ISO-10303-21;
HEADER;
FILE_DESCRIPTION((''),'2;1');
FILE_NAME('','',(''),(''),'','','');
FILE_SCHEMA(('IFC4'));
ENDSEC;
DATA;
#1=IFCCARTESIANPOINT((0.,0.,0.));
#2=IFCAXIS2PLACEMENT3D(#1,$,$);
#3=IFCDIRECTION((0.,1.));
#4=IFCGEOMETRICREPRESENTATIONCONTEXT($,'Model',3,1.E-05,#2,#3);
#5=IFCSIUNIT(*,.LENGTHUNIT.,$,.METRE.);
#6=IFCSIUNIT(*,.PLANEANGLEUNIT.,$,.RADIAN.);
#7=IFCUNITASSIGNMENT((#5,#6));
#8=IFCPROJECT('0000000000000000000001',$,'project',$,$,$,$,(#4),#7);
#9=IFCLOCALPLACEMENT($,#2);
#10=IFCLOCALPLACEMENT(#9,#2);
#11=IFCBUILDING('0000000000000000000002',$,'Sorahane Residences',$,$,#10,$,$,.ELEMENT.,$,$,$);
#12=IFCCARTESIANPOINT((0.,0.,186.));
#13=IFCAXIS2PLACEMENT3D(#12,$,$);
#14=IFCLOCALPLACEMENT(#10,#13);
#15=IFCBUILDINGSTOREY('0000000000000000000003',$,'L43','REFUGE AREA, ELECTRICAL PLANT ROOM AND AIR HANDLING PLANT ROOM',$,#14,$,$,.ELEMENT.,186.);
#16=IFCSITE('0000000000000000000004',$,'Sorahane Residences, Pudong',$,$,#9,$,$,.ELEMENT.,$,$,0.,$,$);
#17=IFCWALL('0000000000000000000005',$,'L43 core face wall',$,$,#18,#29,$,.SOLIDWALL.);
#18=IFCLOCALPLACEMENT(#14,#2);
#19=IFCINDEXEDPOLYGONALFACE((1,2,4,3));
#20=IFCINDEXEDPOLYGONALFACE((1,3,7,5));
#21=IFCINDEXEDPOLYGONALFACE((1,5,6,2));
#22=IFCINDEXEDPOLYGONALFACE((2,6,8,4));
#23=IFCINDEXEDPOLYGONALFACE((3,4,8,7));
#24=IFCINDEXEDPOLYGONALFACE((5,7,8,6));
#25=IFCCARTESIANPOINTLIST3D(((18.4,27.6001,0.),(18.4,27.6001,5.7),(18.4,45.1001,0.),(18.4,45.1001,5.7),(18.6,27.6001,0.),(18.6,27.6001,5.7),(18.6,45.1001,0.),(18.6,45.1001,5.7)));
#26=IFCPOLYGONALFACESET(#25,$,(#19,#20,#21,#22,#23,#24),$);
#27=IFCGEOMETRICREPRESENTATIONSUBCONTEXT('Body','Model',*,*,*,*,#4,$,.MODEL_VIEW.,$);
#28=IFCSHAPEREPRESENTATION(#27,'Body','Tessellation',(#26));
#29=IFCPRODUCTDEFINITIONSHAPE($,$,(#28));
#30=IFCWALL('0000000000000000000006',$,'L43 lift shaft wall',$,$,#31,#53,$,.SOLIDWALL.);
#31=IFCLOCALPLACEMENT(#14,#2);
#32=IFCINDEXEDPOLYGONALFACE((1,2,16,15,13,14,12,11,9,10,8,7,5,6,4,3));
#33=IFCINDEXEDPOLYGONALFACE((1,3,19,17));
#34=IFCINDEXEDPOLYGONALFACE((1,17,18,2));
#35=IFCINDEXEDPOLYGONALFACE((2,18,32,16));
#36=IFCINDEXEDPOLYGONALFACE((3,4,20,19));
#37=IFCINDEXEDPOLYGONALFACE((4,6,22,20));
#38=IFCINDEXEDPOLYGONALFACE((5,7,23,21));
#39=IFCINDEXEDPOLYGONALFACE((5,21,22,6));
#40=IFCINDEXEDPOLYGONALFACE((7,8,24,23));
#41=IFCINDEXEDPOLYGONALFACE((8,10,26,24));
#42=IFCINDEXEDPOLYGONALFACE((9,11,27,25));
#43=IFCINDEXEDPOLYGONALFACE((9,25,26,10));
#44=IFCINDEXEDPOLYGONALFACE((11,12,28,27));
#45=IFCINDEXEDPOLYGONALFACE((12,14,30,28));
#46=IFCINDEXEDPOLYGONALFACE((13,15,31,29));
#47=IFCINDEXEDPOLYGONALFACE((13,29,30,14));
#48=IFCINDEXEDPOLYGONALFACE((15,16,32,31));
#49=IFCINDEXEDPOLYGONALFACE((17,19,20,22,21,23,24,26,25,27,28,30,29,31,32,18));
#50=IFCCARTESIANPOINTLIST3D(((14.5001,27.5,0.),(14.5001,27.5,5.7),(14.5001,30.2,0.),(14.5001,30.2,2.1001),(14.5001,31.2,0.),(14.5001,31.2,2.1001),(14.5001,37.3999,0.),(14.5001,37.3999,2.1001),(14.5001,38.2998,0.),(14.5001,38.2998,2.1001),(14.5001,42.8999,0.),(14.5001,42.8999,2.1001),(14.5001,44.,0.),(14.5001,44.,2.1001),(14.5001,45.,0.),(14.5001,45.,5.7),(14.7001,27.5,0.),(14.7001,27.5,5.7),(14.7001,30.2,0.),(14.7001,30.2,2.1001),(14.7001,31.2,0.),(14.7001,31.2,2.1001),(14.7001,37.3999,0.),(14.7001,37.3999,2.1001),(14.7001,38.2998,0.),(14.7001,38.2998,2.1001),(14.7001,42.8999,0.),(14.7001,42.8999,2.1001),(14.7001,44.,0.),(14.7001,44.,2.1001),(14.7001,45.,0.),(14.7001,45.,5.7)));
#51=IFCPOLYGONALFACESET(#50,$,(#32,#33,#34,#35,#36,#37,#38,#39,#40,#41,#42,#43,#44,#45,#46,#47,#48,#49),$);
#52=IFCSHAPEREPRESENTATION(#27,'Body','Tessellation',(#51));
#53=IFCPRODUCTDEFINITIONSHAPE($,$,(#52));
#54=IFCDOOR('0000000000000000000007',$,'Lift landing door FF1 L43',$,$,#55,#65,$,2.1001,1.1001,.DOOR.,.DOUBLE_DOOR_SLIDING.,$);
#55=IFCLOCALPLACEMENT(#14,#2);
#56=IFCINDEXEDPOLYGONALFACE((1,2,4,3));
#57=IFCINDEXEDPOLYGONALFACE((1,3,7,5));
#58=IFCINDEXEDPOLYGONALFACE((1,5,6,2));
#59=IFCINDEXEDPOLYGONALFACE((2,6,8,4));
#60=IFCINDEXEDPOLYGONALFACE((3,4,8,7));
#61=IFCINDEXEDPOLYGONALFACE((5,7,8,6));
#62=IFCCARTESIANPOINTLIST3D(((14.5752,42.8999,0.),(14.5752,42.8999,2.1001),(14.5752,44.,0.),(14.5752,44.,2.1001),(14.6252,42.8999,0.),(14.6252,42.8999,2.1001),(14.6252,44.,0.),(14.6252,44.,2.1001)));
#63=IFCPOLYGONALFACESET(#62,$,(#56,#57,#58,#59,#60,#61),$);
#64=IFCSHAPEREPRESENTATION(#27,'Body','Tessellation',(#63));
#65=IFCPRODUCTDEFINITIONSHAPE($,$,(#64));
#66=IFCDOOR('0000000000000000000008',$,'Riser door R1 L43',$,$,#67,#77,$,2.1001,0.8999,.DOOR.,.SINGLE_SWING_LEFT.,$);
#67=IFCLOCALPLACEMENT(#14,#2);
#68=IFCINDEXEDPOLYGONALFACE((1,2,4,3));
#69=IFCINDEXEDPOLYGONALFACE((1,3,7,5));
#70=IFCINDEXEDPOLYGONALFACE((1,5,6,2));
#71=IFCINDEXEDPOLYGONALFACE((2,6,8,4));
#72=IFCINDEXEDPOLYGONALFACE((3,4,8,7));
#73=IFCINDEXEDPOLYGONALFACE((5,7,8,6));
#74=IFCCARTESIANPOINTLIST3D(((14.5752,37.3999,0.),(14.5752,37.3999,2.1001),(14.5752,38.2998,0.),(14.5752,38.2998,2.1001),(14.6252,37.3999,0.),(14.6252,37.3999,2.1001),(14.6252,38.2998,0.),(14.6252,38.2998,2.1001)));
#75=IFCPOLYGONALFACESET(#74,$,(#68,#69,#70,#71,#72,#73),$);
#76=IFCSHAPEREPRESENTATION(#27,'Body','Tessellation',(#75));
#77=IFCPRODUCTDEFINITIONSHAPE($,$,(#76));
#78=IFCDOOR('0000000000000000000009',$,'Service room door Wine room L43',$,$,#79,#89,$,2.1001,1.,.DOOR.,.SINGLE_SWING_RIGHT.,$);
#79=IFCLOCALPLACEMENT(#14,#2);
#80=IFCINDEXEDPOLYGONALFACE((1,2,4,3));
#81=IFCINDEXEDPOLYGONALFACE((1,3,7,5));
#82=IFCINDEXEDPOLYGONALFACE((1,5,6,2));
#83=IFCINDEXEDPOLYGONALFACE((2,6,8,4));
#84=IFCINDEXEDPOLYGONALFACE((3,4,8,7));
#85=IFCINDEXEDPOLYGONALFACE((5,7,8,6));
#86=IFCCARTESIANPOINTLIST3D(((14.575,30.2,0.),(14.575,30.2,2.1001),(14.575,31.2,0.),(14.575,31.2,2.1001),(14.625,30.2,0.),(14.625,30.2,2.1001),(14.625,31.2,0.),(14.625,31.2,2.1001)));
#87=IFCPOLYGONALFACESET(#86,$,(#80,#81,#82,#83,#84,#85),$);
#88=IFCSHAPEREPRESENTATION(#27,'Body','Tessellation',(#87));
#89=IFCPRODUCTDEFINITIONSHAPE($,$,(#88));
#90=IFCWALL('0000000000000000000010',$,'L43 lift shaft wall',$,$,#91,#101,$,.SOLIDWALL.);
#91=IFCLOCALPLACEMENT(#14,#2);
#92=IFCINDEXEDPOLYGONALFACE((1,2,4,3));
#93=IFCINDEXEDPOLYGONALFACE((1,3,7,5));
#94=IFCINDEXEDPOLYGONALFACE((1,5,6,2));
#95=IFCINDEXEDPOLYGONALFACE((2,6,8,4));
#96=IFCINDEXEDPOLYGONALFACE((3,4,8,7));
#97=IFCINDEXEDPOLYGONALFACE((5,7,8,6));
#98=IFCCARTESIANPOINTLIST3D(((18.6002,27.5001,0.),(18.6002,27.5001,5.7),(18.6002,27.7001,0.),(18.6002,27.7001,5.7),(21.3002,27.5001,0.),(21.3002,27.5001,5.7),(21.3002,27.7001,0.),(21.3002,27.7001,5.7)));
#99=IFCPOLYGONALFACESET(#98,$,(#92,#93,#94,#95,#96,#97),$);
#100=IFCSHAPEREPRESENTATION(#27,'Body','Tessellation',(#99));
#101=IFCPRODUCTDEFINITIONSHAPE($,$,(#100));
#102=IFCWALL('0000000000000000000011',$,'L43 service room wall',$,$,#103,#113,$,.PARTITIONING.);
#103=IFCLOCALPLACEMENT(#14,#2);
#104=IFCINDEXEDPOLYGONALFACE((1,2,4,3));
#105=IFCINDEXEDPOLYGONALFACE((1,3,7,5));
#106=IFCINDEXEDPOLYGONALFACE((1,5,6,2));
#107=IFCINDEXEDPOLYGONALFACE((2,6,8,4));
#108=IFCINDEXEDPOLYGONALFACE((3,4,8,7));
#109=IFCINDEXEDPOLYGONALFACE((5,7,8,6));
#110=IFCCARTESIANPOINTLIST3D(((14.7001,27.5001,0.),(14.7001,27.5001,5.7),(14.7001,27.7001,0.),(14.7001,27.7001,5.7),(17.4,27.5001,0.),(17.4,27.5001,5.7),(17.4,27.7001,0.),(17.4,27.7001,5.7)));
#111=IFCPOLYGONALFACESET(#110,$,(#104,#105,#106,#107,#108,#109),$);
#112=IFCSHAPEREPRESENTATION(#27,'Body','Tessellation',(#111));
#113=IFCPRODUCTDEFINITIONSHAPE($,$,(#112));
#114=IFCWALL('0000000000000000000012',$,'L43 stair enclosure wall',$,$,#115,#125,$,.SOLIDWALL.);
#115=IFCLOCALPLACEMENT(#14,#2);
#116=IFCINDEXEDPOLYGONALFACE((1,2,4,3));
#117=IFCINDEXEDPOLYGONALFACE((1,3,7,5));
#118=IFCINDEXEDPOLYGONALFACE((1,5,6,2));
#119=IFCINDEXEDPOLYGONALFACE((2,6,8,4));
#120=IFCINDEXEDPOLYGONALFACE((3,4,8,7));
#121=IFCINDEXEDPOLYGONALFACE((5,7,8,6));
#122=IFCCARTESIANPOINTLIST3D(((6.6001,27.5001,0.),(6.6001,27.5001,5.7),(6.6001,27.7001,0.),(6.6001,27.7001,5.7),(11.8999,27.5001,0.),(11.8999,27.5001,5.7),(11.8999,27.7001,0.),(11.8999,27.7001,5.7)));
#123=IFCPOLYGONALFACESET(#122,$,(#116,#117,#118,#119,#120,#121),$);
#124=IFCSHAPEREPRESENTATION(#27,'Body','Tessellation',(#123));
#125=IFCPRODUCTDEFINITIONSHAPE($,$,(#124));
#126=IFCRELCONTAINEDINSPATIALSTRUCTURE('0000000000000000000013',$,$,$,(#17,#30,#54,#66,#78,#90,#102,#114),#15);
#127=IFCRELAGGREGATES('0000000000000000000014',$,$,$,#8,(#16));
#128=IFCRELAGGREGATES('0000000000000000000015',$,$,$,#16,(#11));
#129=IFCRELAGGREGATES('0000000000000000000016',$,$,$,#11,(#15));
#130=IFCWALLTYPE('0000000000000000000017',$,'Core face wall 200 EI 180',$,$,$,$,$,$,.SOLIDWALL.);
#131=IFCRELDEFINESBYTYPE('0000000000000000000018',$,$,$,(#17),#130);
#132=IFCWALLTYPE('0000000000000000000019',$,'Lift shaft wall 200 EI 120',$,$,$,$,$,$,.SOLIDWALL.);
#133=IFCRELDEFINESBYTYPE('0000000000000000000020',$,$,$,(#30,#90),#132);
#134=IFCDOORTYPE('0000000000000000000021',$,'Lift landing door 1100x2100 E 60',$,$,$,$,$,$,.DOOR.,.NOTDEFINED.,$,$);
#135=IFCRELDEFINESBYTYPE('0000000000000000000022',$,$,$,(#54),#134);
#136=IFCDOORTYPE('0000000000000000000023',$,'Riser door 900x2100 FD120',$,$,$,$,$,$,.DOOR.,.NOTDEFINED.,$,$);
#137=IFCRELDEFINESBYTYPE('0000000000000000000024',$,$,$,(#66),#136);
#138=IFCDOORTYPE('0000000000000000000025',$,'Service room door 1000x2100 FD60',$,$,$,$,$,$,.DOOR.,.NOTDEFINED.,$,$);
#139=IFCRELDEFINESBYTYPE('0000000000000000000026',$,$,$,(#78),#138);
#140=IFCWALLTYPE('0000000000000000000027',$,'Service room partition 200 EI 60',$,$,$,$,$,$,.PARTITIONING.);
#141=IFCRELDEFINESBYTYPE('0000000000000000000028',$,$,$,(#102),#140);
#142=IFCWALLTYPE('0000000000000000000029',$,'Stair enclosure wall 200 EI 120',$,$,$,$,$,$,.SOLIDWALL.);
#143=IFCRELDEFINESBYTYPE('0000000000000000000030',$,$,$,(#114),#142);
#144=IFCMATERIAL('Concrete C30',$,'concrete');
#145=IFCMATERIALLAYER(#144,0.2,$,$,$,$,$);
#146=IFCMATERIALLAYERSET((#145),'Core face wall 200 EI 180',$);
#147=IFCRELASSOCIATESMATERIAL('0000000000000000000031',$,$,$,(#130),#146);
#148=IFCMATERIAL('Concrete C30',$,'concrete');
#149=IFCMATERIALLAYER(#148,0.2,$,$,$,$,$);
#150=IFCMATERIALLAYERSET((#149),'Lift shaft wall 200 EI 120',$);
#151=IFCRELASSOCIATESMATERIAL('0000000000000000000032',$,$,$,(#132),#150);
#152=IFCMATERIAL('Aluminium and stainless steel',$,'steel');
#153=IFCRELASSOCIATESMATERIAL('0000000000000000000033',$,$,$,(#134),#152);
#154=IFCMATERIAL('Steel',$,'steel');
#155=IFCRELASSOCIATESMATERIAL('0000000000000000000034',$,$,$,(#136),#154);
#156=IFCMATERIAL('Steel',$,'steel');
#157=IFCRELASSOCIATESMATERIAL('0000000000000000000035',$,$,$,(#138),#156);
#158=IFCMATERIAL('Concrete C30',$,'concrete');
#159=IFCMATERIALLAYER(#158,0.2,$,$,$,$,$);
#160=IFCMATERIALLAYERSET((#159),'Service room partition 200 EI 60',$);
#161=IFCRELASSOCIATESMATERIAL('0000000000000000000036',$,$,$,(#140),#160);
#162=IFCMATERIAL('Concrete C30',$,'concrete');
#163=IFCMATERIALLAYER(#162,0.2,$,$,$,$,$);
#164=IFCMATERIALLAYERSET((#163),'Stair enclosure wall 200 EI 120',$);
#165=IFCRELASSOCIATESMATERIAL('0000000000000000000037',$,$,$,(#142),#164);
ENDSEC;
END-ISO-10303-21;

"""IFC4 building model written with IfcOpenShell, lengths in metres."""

from ifc_helpers import new_model, si_unit, direction, frame, frame_2d, origin, place, context, subcontext, project, spatial, rectangle, extrude, material, layer, layer_set, type_object, element, fill, save


model = new_model("IFC4")

# Units and contexts
model_context = context("Model", 3, precision=1e-05, world=origin(), true_north=direction((0.0, 1.0)))
body_context = subcontext(model_context, "Body", "Model", "MODEL_VIEW")
ifc_project = project(units=[si_unit("LENGTHUNIT", "METRE"), si_unit("PLANEANGLEUNIT", "RADIAN")], contexts=[model_context])

# Site, building, storey
site_placement = place(None, origin())
site = spatial("IfcSite", under=ifc_project, at=site_placement, Name="Sorahane Residences, Pudong", CompositionType="ELEMENT", RefElevation=0.0)
building_placement = place(site_placement, origin())
building = spatial("IfcBuilding", under=site, at=building_placement, Name="Sorahane Residences", CompositionType="ELEMENT")
storey_placement = place(building_placement, frame((0.0, 0.0, 186.0)))
storey = spatial("IfcBuildingStorey", under=building, at=storey_placement, Name="L43", Description="REFUGE AREA, ELECTRICAL PLANT ROOM AND AIR HANDLING PLANT ROOM", CompositionType="ELEMENT", Elevation=186.0)

# Wall
ifc_material_1 = material(Name="Concrete C30", Category="concrete")
ifc_layer_1 = layer(ifc_material_1, 0.2)
ifc_layer_set_1 = layer_set([ifc_layer_1], Name="Core face wall 200 EI 180")
wall_type_1 = type_object("IfcWallType", Name="Core face wall 200 EI 180", PredefinedType="SOLIDWALL", material=ifc_layer_set_1)
for number, where, z_axis, x_axis, name in (
    (1, (18.5, 27.6001, 0.0), (0.0, 0.0, 1.0), (0.0, 1.0, 0.0), "L43 core face wall"),
):
    element("IfcWall", number, at=place(storey_placement, frame(where, z_axis=z_axis, x_axis=x_axis)), inside=storey, type_object=wall_type_1, Name=name, PredefinedType="SOLIDWALL", context=body_context, shape_type="SweptSolid", body=[
        extrude(rectangle(XDim=17.5, YDim=0.2, at=frame_2d((8.75, 0.0))), origin(), (0.0, 0.0, 1.0), 5.7),
    ])

# Wall, openings, doors
ifc_material_2 = material(Name="Concrete C30", Category="concrete")
ifc_layer_2 = layer(ifc_material_2, 0.2)
ifc_layer_set_2 = layer_set([ifc_layer_2], Name="Lift shaft wall 200 EI 120")
wall_type_2 = type_object("IfcWallType", Name="Lift shaft wall 200 EI 120", PredefinedType="SOLIDWALL", material=ifc_layer_set_2)
wall_1_placement = place(storey_placement, frame((14.6001, 27.5, 0.0), z_axis=(0.0, 0.0, 1.0), x_axis=(0.0, 1.0, 0.0)))
wall_1 = element("IfcWall", 2, at=wall_1_placement, inside=storey, type_object=wall_type_2, Name="L43 lift shaft wall", PredefinedType="SOLIDWALL", context=body_context, shape_type="SweptSolid", body=[
    extrude(rectangle(XDim=17.5, YDim=0.2, at=frame_2d((8.75, 0.0))), origin(), (0.0, 0.0, 1.0), 5.7),
])
opening_1_placement = place(wall_1_placement, frame((15.3999, 0.0, 0.0)))
opening_1 = element("IfcOpeningElement", 3, at=opening_1_placement, cuts=wall_1, PredefinedType="OPENING", context=body_context, shape_type="SweptSolid", body=[
    extrude(rectangle(XDim=1.1001, YDim=2.1001, at=frame_2d((0.55, 1.05))), frame((0.0, 0.1099, 0.0), z_axis=(0.0, -1.0, 0.0), x_axis=(1.0, 0.0, 0.0)), (0.0, 0.0, 1.0), 0.22),
])
opening_2_placement = place(wall_1_placement, frame((2.7, 0.0, 0.0)))
opening_2 = element("IfcOpeningElement", 4, at=opening_2_placement, cuts=wall_1, PredefinedType="OPENING", context=body_context, shape_type="SweptSolid", body=[
    extrude(rectangle(XDim=1.0, YDim=2.1001, at=frame_2d((0.5, 1.05))), frame((0.0, 0.1099, 0.0), z_axis=(0.0, -1.0, 0.0), x_axis=(1.0, 0.0, 0.0)), (0.0, 0.0, 1.0), 0.22),
])
opening_3_placement = place(wall_1_placement, frame((9.8999, 0.0, 0.0)))
opening_3 = element("IfcOpeningElement", 5, at=opening_3_placement, cuts=wall_1, PredefinedType="OPENING", context=body_context, shape_type="SweptSolid", body=[
    extrude(rectangle(XDim=0.8999, YDim=2.1001, at=frame_2d((0.45, 1.05))), frame((0.0, 0.1099, 0.0), z_axis=(0.0, -1.0, 0.0), x_axis=(1.0, 0.0, 0.0)), (0.0, 0.0, 1.0), 0.22),
])
ifc_material_3 = material(Name="Aluminium and stainless steel", Category="steel")
door_type_1 = type_object("IfcDoorType", Name="Lift landing door 1100x2100 E 60", OperationType="NOTDEFINED", PredefinedType="DOOR", material=ifc_material_3)
door_1_placement = place(opening_1_placement, origin())
door_1 = element("IfcDoor", 6, at=door_1_placement, inside=storey, type_object=door_type_1, Name="Lift landing door FF1 L43", OperationType="DOUBLE_DOOR_SLIDING", OverallHeight=2.1001, OverallWidth=1.1001, PredefinedType="DOOR", context=body_context, shape_type="SweptSolid", body=[
    extrude(rectangle(XDim=1.1001, YDim=2.1001, at=frame_2d((0.55, 1.05))), frame((0.0, 0.0249, 0.0), z_axis=(0.0, -1.0, 0.0), x_axis=(1.0, 0.0, 0.0)), (0.0, 0.0, 1.0), 0.05),
])
fill(opening_1, door_1)
ifc_material_4 = material(Name="Steel", Category="steel")
door_type_2 = type_object("IfcDoorType", Name="Riser door 900x2100 FD120", OperationType="NOTDEFINED", PredefinedType="DOOR", material=ifc_material_4)
door_2_placement = place(opening_3_placement, origin())
door_2 = element("IfcDoor", 7, at=door_2_placement, inside=storey, type_object=door_type_2, Name="Riser door R1 L43", OperationType="SINGLE_SWING_LEFT", OverallHeight=2.1001, OverallWidth=0.8999, PredefinedType="DOOR", context=body_context, shape_type="SweptSolid", body=[
    extrude(rectangle(XDim=0.8999, YDim=2.1001, at=frame_2d((0.45, 1.05))), frame((0.0, 0.0249, 0.0), z_axis=(0.0, -1.0, 0.0), x_axis=(1.0, 0.0, 0.0)), (0.0, 0.0, 1.0), 0.05),
])
fill(opening_3, door_2)
ifc_material_5 = material(Name="Steel", Category="steel")
door_type_3 = type_object("IfcDoorType", Name="Service room door 1000x2100 FD60", OperationType="NOTDEFINED", PredefinedType="DOOR", material=ifc_material_5)
door_3_placement = place(opening_2_placement, frame((1.0, 0.0, 0.0), z_axis=(0.0, 0.0, 1.0), x_axis=(-1.0, 0.0, 0.0)))
door_3 = element("IfcDoor", 8, at=door_3_placement, inside=storey, type_object=door_type_3, Name="Service room door Wine room L43", OperationType="SINGLE_SWING_RIGHT", OverallHeight=2.1001, OverallWidth=1.0, PredefinedType="DOOR", context=body_context, shape_type="SweptSolid", body=[
    extrude(rectangle(XDim=1.0, YDim=2.1001, at=frame_2d((0.5, 1.05))), frame((0.0, 0.0249, 0.0), z_axis=(0.0, -1.0, 0.0), x_axis=(1.0, 0.0, 0.0)), (0.0, 0.0, 1.0), 0.05),
])
fill(opening_2, door_3)

# Walls
wall_2_placement = place(storey_placement, frame((18.6001, 27.6001, 0.0), z_axis=(0.0, 0.0, 1.0), x_axis=(1.0, 0.0, 0.0)))
element("IfcWall", 9, at=wall_2_placement, inside=storey, type_object=wall_type_2, Name="L43 lift shaft wall", PredefinedType="SOLIDWALL", context=body_context, shape_type="SweptSolid", body=[
    extrude(rectangle(XDim=2.7, YDim=0.2, at=frame_2d((1.3501, 0.0))), origin(), (0.0, 0.0, 1.0), 5.7),
])
ifc_material_6 = material(Name="Concrete C30", Category="concrete")
ifc_layer_3 = layer(ifc_material_6, 0.2)
ifc_layer_set_3 = layer_set([ifc_layer_3], Name="Service room partition 200 EI 60")
wall_type_3 = type_object("IfcWallType", Name="Service room partition 200 EI 60", PredefinedType="PARTITIONING", material=ifc_layer_set_3)
wall_3_placement = place(storey_placement, frame((14.7, 27.6001, 0.0), z_axis=(0.0, 0.0, 1.0), x_axis=(1.0, 0.0, 0.0)))
element("IfcWall", 10, at=wall_3_placement, inside=storey, type_object=wall_type_3, Name="L43 service room wall", PredefinedType="PARTITIONING", context=body_context, shape_type="SweptSolid", body=[
    extrude(rectangle(XDim=2.7, YDim=0.2, at=frame_2d((1.3501, 0.0))), origin(), (0.0, 0.0, 1.0), 5.7),
])
ifc_material_7 = material(Name="Concrete C30", Category="concrete")
ifc_layer_4 = layer(ifc_material_7, 0.2)
ifc_layer_set_4 = layer_set([ifc_layer_4], Name="Stair enclosure wall 200 EI 120")
wall_type_4 = type_object("IfcWallType", Name="Stair enclosure wall 200 EI 120", PredefinedType="SOLIDWALL", material=ifc_layer_set_4)
wall_4_placement = place(storey_placement, frame((6.6001, 27.6001, 0.0), z_axis=(0.0, 0.0, 1.0), x_axis=(1.0, 0.0, 0.0)))
element("IfcWall", 11, at=wall_4_placement, inside=storey, type_object=wall_type_4, Name="L43 stair enclosure wall", PredefinedType="SOLIDWALL", context=body_context, shape_type="SweptSolid", body=[
    extrude(rectangle(XDim=5.2998, YDim=0.2, at=frame_2d((2.6499, 0.0))), origin(), (0.0, 0.0, 1.0), 5.7),
])

save(model, "model.ifc")
